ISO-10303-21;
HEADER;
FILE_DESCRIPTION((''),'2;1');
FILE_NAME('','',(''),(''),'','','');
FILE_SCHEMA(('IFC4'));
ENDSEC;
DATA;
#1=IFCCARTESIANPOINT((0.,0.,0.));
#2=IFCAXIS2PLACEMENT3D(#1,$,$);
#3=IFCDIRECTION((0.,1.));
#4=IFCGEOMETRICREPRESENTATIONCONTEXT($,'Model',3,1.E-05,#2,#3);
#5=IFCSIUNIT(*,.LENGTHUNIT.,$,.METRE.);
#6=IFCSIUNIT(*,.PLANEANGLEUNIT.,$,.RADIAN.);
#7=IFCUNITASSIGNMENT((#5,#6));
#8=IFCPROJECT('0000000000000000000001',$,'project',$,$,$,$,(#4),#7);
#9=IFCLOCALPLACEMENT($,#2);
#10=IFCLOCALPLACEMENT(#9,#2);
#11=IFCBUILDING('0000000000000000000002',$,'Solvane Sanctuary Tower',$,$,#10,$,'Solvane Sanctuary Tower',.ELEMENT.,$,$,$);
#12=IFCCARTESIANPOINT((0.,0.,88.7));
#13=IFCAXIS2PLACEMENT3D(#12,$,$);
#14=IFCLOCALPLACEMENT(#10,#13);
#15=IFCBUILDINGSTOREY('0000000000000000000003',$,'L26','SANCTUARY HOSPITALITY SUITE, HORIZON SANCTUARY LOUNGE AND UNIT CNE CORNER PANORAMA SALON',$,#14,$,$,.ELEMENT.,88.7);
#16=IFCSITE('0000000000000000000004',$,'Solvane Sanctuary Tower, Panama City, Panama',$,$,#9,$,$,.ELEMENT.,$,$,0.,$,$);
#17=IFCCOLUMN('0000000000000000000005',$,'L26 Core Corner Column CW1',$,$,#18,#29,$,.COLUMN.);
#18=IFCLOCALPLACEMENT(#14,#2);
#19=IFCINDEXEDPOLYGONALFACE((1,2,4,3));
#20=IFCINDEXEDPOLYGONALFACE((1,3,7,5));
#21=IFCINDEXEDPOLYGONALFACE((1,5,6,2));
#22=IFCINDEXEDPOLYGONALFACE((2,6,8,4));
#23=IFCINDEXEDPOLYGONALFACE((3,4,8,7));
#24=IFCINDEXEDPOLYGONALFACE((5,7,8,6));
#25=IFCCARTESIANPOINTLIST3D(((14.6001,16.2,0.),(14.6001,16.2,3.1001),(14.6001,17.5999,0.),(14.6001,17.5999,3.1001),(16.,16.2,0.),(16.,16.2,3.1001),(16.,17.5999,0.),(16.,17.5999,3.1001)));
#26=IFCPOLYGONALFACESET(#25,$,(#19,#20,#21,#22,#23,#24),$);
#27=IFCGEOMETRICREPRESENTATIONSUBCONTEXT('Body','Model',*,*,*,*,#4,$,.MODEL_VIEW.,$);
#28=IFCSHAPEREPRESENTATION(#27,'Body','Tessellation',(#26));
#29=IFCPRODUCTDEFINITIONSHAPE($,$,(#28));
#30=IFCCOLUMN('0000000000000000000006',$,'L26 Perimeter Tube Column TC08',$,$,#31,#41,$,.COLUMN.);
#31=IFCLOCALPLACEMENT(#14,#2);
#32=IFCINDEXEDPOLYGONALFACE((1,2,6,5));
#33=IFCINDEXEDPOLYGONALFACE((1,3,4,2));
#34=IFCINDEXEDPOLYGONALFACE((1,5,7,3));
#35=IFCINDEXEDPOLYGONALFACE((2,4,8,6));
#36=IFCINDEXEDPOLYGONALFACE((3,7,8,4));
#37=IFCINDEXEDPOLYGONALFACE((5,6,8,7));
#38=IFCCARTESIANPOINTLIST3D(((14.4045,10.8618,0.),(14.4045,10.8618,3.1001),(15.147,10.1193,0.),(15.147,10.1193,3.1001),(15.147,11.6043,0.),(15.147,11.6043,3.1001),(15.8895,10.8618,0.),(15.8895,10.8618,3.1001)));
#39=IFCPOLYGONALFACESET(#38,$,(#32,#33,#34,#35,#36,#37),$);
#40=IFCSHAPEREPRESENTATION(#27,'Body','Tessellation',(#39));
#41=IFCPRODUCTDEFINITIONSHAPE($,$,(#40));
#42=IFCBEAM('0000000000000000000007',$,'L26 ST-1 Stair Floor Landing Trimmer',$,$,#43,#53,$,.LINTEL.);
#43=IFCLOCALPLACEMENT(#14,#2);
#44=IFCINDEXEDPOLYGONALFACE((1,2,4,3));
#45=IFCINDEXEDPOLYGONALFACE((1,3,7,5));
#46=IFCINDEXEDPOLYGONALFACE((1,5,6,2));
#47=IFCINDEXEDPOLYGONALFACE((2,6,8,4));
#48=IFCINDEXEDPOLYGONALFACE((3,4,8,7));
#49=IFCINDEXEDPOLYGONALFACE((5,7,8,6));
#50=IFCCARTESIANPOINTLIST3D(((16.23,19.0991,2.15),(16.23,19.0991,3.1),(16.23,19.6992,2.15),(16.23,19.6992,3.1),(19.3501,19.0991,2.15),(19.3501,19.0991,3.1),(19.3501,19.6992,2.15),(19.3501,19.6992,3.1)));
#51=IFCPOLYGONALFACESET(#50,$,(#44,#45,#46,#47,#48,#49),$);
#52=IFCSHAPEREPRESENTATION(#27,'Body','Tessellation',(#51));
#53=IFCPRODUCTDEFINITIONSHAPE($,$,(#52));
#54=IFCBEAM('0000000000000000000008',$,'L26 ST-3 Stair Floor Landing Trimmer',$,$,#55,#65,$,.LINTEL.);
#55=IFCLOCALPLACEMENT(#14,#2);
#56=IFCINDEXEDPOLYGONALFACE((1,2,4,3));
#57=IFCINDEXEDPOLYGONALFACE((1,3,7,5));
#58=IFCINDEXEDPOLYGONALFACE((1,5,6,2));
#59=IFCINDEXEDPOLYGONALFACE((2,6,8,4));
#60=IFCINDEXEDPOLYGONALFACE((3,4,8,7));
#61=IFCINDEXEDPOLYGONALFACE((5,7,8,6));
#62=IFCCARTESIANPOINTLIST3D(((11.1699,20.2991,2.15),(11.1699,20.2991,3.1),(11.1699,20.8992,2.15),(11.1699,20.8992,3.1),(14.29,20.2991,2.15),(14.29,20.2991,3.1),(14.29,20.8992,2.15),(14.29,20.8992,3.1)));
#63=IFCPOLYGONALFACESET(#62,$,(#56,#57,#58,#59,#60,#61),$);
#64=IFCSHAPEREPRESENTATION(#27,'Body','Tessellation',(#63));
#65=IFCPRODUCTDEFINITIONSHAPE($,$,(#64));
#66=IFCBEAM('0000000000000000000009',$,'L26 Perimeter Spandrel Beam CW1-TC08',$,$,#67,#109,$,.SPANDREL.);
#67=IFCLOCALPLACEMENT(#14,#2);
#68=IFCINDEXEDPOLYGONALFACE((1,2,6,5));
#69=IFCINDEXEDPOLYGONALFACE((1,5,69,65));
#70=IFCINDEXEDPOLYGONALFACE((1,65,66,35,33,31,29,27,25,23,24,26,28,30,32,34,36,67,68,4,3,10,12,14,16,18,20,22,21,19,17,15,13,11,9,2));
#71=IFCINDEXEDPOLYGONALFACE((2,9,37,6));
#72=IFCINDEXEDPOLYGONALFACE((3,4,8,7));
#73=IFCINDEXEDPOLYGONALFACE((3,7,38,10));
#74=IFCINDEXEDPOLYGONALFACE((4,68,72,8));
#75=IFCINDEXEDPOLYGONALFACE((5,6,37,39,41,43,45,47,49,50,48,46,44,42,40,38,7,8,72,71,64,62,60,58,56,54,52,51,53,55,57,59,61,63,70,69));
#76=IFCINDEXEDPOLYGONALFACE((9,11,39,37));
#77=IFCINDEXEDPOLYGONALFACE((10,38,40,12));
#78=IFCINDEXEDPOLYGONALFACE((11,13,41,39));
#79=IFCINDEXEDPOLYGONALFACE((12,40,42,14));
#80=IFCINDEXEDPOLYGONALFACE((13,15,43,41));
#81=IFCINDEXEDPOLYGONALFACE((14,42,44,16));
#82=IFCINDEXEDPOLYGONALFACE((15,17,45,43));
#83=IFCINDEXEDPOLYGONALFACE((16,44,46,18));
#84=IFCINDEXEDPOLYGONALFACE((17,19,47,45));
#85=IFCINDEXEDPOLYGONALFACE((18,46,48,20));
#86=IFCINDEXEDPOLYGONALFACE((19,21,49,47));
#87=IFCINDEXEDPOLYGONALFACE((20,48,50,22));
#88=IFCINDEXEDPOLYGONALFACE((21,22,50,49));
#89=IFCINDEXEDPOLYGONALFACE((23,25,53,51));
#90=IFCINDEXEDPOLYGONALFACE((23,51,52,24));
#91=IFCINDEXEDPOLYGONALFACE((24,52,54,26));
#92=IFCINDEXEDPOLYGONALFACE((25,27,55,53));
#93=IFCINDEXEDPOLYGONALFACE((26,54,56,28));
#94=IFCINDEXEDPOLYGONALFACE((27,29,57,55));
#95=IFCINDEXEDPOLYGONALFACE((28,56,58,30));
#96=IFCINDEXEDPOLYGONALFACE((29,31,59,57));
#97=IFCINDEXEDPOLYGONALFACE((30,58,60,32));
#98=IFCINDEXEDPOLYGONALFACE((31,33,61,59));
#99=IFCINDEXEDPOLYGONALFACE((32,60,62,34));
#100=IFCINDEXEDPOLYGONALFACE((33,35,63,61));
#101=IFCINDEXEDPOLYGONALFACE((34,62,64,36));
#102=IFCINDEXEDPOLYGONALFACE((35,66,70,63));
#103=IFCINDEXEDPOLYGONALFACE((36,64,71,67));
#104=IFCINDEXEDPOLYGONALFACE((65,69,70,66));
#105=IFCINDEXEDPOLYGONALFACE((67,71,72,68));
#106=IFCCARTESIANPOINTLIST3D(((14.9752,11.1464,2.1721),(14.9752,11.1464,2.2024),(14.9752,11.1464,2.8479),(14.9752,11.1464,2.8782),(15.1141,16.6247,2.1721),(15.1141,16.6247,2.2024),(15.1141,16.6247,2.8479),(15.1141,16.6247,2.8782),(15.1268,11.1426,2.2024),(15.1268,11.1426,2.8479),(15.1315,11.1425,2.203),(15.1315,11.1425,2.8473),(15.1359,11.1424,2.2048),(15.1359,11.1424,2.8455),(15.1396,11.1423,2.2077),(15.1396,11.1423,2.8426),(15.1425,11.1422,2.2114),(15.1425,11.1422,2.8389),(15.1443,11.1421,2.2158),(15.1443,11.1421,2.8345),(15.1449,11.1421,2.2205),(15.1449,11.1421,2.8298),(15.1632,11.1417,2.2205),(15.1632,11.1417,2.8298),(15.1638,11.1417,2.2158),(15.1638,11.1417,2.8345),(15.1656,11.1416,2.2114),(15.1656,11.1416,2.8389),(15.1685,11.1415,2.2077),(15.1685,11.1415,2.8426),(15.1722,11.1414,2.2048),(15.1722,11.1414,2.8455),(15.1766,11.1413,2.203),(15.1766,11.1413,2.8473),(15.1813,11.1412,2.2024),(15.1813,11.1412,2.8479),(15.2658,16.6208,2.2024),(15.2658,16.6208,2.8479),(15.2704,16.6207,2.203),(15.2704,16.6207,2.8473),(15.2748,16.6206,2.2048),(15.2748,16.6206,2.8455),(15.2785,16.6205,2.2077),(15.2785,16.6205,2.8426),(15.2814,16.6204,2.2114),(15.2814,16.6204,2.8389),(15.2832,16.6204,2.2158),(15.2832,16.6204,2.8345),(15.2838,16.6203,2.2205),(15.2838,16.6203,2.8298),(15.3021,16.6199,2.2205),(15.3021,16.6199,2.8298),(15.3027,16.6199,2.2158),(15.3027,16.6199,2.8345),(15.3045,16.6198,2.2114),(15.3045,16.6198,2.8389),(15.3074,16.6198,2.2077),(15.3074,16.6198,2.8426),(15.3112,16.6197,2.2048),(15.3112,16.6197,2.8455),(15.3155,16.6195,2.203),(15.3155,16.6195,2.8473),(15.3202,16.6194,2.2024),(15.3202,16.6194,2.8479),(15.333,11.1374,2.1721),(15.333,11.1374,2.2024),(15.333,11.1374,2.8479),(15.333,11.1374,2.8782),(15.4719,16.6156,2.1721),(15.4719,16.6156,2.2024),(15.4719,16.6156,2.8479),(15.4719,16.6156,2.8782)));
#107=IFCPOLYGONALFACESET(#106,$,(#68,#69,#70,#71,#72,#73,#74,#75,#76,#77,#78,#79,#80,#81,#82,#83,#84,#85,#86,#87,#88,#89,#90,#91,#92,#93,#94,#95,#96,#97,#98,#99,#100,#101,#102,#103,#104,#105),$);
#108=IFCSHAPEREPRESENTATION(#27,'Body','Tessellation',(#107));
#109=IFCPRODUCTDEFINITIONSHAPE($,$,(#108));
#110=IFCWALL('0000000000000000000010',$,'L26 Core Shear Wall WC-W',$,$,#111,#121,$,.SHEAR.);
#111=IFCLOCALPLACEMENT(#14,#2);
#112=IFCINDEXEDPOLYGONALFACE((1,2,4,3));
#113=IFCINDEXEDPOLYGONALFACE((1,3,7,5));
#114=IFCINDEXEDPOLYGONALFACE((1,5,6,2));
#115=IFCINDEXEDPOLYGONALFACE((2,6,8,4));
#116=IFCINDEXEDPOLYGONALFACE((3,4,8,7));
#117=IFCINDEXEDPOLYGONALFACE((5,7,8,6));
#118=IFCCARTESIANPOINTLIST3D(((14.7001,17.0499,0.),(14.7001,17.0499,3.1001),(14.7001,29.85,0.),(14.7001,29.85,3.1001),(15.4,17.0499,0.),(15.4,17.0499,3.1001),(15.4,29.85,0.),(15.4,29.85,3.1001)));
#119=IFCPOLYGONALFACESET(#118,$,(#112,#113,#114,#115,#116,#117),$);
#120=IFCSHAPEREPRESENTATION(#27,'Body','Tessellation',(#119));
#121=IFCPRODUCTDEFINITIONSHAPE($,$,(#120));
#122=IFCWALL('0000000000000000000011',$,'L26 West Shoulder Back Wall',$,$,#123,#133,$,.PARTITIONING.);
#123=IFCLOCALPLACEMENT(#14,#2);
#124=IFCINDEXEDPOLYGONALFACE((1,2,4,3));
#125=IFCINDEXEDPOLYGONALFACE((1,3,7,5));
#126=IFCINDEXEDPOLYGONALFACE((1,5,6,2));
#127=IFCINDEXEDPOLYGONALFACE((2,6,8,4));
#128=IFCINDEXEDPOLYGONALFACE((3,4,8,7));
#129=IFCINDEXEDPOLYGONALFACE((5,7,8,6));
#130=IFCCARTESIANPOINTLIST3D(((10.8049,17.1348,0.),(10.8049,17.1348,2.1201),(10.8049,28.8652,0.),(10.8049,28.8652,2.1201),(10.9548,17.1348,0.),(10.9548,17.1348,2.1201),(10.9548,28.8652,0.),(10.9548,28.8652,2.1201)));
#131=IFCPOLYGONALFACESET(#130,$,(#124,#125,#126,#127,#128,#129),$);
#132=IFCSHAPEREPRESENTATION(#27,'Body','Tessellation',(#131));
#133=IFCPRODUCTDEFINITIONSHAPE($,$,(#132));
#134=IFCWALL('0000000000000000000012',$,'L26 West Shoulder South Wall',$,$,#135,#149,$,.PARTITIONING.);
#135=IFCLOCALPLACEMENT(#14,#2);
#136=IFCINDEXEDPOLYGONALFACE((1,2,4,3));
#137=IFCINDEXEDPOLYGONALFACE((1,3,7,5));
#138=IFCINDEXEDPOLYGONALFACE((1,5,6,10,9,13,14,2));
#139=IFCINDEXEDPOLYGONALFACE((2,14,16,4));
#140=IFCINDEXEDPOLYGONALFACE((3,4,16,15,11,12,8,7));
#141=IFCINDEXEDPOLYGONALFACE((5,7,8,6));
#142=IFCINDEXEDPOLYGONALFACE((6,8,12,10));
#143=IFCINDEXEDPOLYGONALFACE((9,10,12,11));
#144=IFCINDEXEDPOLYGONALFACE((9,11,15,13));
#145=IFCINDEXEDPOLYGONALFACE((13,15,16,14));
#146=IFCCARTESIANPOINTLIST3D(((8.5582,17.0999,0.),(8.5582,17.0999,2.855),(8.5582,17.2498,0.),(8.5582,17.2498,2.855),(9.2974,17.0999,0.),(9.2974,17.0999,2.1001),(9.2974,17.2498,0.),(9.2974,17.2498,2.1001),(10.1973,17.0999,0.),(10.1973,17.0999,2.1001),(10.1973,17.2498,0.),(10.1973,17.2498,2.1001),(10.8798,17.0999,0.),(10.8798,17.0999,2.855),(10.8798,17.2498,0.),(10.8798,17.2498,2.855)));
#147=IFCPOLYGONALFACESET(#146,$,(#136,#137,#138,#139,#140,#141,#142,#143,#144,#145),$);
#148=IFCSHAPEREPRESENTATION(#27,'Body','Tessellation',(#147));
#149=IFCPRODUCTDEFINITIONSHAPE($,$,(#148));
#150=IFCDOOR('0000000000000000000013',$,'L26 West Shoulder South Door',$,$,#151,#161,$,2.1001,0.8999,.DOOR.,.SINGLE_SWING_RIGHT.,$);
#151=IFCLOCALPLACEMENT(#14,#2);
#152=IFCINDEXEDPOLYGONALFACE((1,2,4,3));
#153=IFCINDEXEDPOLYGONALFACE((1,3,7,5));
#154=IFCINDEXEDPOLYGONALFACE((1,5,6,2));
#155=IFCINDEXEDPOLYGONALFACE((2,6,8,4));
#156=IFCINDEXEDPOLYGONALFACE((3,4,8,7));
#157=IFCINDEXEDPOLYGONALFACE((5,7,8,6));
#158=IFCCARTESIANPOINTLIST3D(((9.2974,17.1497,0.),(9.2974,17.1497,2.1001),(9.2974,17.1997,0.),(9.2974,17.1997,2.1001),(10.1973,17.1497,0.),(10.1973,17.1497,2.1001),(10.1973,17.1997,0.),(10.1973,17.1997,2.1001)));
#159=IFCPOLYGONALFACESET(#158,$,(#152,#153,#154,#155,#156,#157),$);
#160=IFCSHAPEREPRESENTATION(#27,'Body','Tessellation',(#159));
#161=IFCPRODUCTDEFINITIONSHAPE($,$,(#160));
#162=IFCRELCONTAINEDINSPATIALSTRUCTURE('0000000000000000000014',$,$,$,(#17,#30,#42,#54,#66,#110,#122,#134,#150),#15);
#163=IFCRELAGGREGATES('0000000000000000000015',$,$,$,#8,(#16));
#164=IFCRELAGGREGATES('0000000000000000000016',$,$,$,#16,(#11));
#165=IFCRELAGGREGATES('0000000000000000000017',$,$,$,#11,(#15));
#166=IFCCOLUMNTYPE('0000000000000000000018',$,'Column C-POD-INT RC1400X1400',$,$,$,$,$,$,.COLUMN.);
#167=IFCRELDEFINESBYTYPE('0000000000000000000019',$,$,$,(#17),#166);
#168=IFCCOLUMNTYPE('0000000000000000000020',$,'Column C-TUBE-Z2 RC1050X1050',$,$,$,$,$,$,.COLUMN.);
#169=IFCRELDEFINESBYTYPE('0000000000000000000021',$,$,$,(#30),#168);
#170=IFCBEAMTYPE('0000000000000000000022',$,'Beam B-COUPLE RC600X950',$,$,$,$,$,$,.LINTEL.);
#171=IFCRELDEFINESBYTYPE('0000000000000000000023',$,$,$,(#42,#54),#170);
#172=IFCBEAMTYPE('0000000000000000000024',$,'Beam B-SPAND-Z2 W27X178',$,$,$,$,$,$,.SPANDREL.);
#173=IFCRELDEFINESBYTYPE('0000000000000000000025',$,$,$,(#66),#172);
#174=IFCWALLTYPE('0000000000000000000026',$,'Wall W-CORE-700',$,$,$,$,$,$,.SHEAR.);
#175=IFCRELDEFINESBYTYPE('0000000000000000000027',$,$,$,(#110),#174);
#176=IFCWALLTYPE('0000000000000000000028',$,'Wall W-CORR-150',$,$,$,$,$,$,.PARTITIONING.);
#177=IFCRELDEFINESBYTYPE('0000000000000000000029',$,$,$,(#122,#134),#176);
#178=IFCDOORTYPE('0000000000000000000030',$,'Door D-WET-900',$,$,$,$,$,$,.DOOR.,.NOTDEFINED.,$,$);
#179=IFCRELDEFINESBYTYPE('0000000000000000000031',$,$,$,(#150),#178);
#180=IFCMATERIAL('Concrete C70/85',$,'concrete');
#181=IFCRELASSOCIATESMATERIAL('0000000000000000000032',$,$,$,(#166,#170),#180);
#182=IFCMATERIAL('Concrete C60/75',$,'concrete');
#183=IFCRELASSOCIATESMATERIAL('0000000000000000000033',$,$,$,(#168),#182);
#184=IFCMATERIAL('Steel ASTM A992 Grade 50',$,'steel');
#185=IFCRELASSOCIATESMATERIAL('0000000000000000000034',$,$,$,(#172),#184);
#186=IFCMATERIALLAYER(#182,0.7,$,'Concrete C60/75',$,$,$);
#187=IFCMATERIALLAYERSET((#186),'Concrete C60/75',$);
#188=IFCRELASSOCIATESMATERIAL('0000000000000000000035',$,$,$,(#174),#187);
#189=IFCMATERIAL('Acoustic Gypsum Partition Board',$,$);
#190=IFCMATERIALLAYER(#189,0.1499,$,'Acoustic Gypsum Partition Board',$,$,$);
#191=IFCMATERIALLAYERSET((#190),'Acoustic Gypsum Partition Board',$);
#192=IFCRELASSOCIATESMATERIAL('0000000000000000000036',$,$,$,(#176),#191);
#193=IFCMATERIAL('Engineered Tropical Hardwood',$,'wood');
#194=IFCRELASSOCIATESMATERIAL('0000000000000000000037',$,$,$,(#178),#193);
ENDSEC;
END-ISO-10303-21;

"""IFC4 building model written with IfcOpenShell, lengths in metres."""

from ifc_helpers import new_model, si_unit, direction, frame, frame_2d, origin, origin_2d, place, context, subcontext, project, spatial, rectangle, i_section, extrude, material, layer, layer_set, material_profile, profile_set, type_object, element, fill, save


model = new_model("IFC4")

# Units and contexts
model_context = context("Model", 3, precision=1e-05, world=origin(), true_north=direction((0.0, 1.0)))
body_context = subcontext(model_context, "Body", "Model", "MODEL_VIEW")
ifc_project = project(units=[si_unit("LENGTHUNIT", "METRE"), si_unit("PLANEANGLEUNIT", "RADIAN")], contexts=[model_context])

# Site, building, storey
site_placement = place(None, origin())
site = spatial("IfcSite", under=ifc_project, at=site_placement, Name="Solvane Sanctuary Tower, Panama City, Panama", CompositionType="ELEMENT", RefElevation=0.0)
building_placement = place(site_placement, origin())
building = spatial("IfcBuilding", under=site, at=building_placement, Name="Solvane Sanctuary Tower", LongName="Solvane Sanctuary Tower", CompositionType="ELEMENT")
storey_placement = place(building_placement, frame((0.0, 0.0, 88.7)))
storey = spatial("IfcBuildingStorey", under=building, at=storey_placement, Name="L26", Description="SANCTUARY HOSPITALITY SUITE, HORIZON SANCTUARY LOUNGE AND UNIT CNE CORNER PANORAMA SALON", CompositionType="ELEMENT", Elevation=88.7)

# Columns
ifc_material_1 = material(Name="Concrete C70/85", Category="concrete")
ifc_material_profile_1 = material_profile(ifc_material_1, rectangle(XDim=1.3999, YDim=1.3999, at=origin_2d()), Name="RC1400X1400")
ifc_profile_set_1 = profile_set([ifc_material_profile_1], Name="Concrete C70/85")
column_type_1 = type_object("IfcColumnType", Name="Column C-POD-INT RC1400X1400", PredefinedType="COLUMN", material=ifc_profile_set_1)
column_1_placement = place(storey_placement, frame((15.3, 16.8999, 0.0), z_axis=(0.0, 0.0, 1.0), x_axis=(1.0, 0.0, 0.0)))
element("IfcColumn", 1, at=column_1_placement, inside=storey, type_object=column_type_1, Name="L26 Core Corner Column CW1", PredefinedType="COLUMN", context=body_context, shape_type="SweptSolid", body=[
    extrude(rectangle(XDim=1.3999, YDim=1.3999, at=origin_2d()), origin(), (0.0, 0.0, 1.0), 3.1001),
])
ifc_material_2 = material(Name="Concrete C60/75", Category="concrete")
ifc_material_profile_2 = material_profile(ifc_material_2, rectangle(XDim=1.05, YDim=1.05, at=origin_2d()), Name="RC1050X1050")
ifc_profile_set_2 = profile_set([ifc_material_profile_2], Name="Concrete C60/75")
column_type_2 = type_object("IfcColumnType", Name="Column C-TUBE-Z2 RC1050X1050", PredefinedType="COLUMN", material=ifc_profile_set_2)
column_2_placement = place(storey_placement, frame((15.147, 10.8618, 0.0), z_axis=(0.0, 0.0, 1.0), x_axis=(-0.707107, -0.707107, 0.0)))
element("IfcColumn", 2, at=column_2_placement, inside=storey, type_object=column_type_2, Name="L26 Perimeter Tube Column TC08", PredefinedType="COLUMN", context=body_context, shape_type="SweptSolid", body=[
    extrude(rectangle(XDim=1.05, YDim=1.05, at=origin_2d()), origin(), (0.0, 0.0, 1.0), 3.1001),
])

# Beams
ifc_material_profile_3 = material_profile(ifc_material_1, rectangle(XDim=0.6001, YDim=0.95, at=origin_2d()), Name="RC600X950")
ifc_profile_set_3 = profile_set([ifc_material_profile_3], Name="Concrete C70/85")
beam_type_1 = type_object("IfcBeamType", Name="Beam B-COUPLE RC600X950", PredefinedType="LINTEL", material=ifc_profile_set_3)
for number, where, z_axis, x_axis, name in (
    (3, (16.23, 19.3992, 2.625), (1.0, 0.0, 0.0), (0.0, 1.0, 0.0), "L26 ST-1 Stair Floor Landing Trimmer"),
    (4, (11.1699, 20.5991, 2.625), (1.0, 0.0, 0.0), (0.0, 1.0, 0.0), "L26 ST-3 Stair Floor Landing Trimmer"),
):
    element("IfcBeam", number, at=place(storey_placement, frame(where, z_axis=z_axis, x_axis=x_axis)), inside=storey, type_object=beam_type_1, Name=name, PredefinedType="LINTEL", context=body_context, shape_type="SweptSolid", body=[
        extrude(rectangle(XDim=0.6001, YDim=0.95, at=origin_2d()), origin(), (0.0, 0.0, 1.0), 3.1201),
    ])
ifc_material_3 = material(Name="Steel ASTM A992 Grade 50", Category="steel")
ifc_material_profile_4 = material_profile(ifc_material_3, i_section(OverallWidth=0.3579, OverallDepth=0.7061, WebThickness=0.0183, FlangeThickness=0.0303, FilletRadius=0.0181, at=origin_2d()), Name="W27X178")
ifc_profile_set_4 = profile_set([ifc_material_profile_4], Name="Steel ASTM A992 Grade 50")
beam_type_2 = type_object("IfcBeamType", Name="Beam B-SPAND-Z2 W27X178", PredefinedType="SPANDREL", material=ifc_profile_set_4)
beam_placement = place(storey_placement, frame((15.293, 16.6201, 2.5251), z_axis=(-0.025349, -0.999679, 0.0), x_axis=(0.999679, -0.025349, 0.0)))
element("IfcBeam", 5, at=beam_placement, inside=storey, type_object=beam_type_2, Name="L26 Perimeter Spandrel Beam CW1-TC08", PredefinedType="SPANDREL", context=body_context, shape_type="SweptSolid", body=[
    extrude(i_section(OverallWidth=0.3579, OverallDepth=0.7061, WebThickness=0.0183, FlangeThickness=0.0303, FilletRadius=0.0181, at=origin_2d()), origin(), (0.0, 0.0, 1.0), 5.48),
])

# Walls
ifc_layer_1 = layer(ifc_material_2, 0.7, Name="Concrete C60/75")
ifc_layer_set_1 = layer_set([ifc_layer_1], Name="Concrete C60/75")
wall_type_1 = type_object("IfcWallType", Name="Wall W-CORE-700", PredefinedType="SHEAR", material=ifc_layer_set_1)
wall_1_placement = place(storey_placement, frame((15.05, 17.05, 0.0), z_axis=(0.0, 0.0, 1.0), x_axis=(0.0, 1.0, 0.0)))
element("IfcWall", 6, at=wall_1_placement, inside=storey, type_object=wall_type_1, Name="L26 Core Shear Wall WC-W", PredefinedType="SHEAR", context=body_context, shape_type="SweptSolid", body=[
    extrude(rectangle(XDim=12.8, YDim=0.7, at=frame_2d((6.3999, 0.0))), origin(), (0.0, 0.0, 1.0), 3.1001),
])
ifc_material_4 = material(Name="Acoustic Gypsum Partition Board")
ifc_layer_2 = layer(ifc_material_4, 0.1499, Name="Acoustic Gypsum Partition Board")
ifc_layer_set_2 = layer_set([ifc_layer_2], Name="Acoustic Gypsum Partition Board")
wall_type_2 = type_object("IfcWallType", Name="Wall W-CORR-150", PredefinedType="PARTITIONING", material=ifc_layer_set_2)
wall_2_placement = place(storey_placement, frame((10.8799, 17.1348, 0.0), z_axis=(0.0, 0.0, 1.0), x_axis=(0.0, 1.0, 0.0)))
element("IfcWall", 7, at=wall_2_placement, inside=storey, type_object=wall_type_2, Name="L26 West Shoulder Back Wall", PredefinedType="PARTITIONING", context=body_context, shape_type="SweptSolid", body=[
    extrude(rectangle(XDim=11.7305, YDim=0.1499, at=frame_2d((5.8652, 0.0))), origin(), (0.0, 0.0, 1.0), 2.1201),
])

# Wall, opening, door
wall_3_placement = place(storey_placement, frame((8.5583, 17.1748, 0.0), z_axis=(0.0, 0.0, 1.0), x_axis=(1.0, 0.0, 0.0)))
wall_3 = element("IfcWall", 8, at=wall_3_placement, inside=storey, type_object=wall_type_2, Name="L26 West Shoulder South Wall", PredefinedType="PARTITIONING", context=body_context, shape_type="SweptSolid", body=[
    extrude(rectangle(XDim=2.3215, YDim=0.1499, at=frame_2d((1.1606, 0.0))), origin(), (0.0, 0.0, 1.0), 2.855),
])
opening_1_placement = place(wall_3_placement, frame((0.739, 0.0, 0.0)))
opening_1 = element("IfcOpeningElement", 9, at=opening_1_placement, cuts=wall_3, PredefinedType="OPENING", context=body_context, shape_type="SweptSolid", body=[
    extrude(rectangle(XDim=0.8999, YDim=2.1001, at=frame_2d((0.45, 1.05))), frame((0.0, 0.085, 0.0), z_axis=(0.0, -1.0, 0.0), x_axis=(1.0, 0.0, 0.0)), (0.0, 0.0, 1.0), 0.1699),
])
ifc_material_5 = material(Name="Engineered Tropical Hardwood", Category="wood")
door_type_1 = type_object("IfcDoorType", Name="Door D-WET-900", OperationType="NOTDEFINED", PredefinedType="DOOR", material=ifc_material_5)
door_1_placement = place(opening_1_placement, origin())
door_1 = element("IfcDoor", 10, at=door_1_placement, inside=storey, type_object=door_type_1, Name="L26 West Shoulder South Door", OperationType="SINGLE_SWING_RIGHT", OverallHeight=2.1001, OverallWidth=0.8999, PredefinedType="DOOR", context=body_context, shape_type="SweptSolid", body=[
    extrude(rectangle(XDim=0.8999, YDim=2.1001, at=frame_2d((0.45, 1.05))), frame((0.0, 0.0249, 0.0), z_axis=(0.0, -1.0, 0.0), x_axis=(1.0, 0.0, 0.0)), (0.0, 0.0, 1.0), 0.05),
])
fill(opening_1, door_1)

save(model, "model.ifc")
